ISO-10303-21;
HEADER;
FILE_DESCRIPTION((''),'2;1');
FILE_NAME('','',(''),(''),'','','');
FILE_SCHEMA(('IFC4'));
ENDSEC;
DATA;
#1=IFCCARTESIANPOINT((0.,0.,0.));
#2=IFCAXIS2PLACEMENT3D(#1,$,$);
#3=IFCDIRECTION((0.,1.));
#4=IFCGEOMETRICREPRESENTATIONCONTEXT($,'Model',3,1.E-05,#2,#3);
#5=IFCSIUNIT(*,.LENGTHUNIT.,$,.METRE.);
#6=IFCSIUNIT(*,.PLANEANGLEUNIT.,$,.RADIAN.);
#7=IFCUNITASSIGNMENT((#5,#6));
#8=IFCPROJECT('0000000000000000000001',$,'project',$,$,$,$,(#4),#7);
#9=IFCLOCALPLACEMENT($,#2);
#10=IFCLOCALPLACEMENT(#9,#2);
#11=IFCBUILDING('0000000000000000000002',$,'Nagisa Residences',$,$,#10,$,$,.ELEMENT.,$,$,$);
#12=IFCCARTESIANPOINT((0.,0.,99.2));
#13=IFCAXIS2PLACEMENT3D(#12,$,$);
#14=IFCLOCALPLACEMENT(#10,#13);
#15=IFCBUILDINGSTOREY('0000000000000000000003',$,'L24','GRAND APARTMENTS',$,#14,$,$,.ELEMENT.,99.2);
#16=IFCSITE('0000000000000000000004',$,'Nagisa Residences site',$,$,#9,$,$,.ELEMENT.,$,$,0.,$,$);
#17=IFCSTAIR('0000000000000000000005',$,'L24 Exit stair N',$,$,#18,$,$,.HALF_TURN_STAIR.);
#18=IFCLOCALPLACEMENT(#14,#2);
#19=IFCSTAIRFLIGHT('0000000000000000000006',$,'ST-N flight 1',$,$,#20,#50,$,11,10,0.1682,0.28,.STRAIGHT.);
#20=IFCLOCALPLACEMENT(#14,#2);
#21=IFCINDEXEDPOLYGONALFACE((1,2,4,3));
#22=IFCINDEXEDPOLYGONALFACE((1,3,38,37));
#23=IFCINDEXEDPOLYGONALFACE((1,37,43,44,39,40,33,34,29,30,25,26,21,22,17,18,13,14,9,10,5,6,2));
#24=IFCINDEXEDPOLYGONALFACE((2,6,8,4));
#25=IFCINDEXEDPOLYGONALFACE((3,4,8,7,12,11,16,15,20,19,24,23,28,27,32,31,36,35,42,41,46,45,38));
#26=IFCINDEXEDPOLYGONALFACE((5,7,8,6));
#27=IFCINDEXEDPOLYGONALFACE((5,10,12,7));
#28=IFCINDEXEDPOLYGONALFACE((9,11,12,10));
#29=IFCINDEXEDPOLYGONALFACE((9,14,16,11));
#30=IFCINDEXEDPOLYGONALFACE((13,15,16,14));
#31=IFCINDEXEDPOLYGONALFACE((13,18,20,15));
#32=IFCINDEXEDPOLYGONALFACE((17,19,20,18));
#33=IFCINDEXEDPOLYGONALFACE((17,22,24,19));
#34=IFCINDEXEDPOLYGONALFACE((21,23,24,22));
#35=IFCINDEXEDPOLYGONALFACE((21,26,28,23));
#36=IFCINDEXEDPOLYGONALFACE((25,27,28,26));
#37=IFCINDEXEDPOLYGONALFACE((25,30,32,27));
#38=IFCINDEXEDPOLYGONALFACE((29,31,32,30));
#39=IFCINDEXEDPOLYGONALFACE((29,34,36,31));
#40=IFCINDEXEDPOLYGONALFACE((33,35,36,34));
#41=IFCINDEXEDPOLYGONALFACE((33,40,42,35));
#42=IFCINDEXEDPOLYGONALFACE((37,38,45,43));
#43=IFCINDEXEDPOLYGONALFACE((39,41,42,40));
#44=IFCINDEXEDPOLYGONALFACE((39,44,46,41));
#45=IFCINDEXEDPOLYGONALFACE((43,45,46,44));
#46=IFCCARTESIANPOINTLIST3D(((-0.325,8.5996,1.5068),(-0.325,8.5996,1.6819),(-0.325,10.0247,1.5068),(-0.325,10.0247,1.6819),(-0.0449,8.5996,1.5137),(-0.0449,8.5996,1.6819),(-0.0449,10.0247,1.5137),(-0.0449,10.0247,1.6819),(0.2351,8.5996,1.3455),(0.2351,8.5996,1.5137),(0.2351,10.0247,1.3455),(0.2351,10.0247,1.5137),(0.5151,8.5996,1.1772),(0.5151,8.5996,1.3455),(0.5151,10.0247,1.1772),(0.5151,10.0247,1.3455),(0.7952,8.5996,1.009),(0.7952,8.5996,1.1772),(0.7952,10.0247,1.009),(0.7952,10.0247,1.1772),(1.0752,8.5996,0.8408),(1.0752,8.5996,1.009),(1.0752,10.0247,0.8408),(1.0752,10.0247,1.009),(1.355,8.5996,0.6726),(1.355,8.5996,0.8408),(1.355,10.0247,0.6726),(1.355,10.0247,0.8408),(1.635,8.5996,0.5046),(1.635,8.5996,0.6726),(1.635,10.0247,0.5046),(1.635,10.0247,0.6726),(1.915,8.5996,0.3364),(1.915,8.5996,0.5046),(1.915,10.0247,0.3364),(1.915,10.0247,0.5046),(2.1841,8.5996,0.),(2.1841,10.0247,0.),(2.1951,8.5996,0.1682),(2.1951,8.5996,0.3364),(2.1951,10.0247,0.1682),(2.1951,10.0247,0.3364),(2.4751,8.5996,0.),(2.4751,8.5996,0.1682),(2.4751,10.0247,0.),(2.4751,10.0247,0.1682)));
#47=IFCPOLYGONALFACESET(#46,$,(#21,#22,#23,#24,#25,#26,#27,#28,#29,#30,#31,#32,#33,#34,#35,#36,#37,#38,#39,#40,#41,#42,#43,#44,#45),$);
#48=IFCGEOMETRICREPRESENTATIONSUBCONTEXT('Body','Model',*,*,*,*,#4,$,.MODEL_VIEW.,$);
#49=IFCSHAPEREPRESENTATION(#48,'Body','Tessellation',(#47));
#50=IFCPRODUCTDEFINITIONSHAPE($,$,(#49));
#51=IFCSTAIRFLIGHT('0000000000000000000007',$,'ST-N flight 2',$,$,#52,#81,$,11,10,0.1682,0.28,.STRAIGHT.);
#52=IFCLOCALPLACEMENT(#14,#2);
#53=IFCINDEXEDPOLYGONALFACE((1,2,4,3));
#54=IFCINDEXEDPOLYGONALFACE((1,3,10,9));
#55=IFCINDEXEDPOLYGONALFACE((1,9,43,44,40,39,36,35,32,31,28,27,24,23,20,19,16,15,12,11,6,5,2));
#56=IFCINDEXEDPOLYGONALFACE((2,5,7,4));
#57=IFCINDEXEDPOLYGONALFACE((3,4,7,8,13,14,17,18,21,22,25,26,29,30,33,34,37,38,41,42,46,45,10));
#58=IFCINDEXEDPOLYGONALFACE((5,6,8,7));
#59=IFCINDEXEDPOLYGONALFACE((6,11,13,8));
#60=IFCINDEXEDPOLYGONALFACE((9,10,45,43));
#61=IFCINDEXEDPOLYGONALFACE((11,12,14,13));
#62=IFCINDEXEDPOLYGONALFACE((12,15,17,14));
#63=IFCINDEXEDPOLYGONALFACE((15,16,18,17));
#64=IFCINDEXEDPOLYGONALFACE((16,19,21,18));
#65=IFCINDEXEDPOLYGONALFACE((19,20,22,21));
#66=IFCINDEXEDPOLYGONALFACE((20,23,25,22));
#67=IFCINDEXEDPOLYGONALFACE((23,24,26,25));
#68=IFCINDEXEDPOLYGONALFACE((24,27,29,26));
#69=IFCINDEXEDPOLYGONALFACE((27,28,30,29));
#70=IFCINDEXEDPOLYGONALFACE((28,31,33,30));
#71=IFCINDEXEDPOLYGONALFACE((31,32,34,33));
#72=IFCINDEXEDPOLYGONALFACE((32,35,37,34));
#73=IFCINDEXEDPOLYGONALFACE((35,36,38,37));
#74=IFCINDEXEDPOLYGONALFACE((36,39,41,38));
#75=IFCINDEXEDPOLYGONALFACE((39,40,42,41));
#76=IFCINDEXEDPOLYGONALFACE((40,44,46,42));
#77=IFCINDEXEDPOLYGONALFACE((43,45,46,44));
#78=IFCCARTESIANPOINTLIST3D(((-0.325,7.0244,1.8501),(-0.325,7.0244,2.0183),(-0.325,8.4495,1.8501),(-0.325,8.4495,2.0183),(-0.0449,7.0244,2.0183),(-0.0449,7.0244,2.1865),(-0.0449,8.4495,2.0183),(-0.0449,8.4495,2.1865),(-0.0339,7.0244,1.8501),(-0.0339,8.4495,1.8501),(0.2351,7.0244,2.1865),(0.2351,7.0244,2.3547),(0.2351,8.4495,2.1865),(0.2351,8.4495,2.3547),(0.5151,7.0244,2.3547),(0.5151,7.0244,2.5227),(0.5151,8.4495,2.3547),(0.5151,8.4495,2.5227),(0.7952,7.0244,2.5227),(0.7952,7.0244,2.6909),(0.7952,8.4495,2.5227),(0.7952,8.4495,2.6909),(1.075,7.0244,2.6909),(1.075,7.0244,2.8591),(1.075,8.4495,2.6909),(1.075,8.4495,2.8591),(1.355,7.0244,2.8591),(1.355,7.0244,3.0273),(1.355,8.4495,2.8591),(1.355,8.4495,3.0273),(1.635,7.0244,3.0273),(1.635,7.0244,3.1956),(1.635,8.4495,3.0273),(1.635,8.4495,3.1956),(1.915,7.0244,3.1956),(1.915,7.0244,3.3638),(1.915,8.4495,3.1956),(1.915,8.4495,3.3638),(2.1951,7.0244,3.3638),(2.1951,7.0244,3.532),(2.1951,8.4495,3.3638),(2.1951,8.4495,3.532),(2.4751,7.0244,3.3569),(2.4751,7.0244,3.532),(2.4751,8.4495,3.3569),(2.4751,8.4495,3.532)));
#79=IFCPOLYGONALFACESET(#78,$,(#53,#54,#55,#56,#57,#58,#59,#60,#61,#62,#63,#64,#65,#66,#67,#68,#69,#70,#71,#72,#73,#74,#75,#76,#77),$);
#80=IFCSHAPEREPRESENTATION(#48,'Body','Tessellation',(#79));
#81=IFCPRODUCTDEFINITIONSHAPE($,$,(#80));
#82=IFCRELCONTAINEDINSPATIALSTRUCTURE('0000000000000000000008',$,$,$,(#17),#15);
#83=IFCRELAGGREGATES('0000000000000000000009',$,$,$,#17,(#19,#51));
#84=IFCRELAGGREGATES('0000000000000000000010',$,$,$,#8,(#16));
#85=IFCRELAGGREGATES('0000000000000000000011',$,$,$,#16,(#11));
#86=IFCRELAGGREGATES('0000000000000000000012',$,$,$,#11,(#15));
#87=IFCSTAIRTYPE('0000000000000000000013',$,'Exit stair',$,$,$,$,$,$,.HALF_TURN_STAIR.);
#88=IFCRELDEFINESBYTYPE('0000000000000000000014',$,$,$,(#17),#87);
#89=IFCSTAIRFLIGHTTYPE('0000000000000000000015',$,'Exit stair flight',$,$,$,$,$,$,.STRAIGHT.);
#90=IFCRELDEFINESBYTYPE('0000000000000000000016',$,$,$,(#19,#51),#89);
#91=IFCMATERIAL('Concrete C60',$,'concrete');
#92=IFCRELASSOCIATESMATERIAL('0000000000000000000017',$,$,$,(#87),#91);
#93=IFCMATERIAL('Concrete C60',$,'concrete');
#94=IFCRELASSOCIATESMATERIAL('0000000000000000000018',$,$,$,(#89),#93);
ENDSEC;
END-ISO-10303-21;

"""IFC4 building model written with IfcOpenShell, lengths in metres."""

from ifc_helpers import new_model, si_unit, direction, frame, origin, place, context, subcontext, project, spatial, polyline, outline, extrude, material, type_object, element, aggregate, save


model = new_model("IFC4")

# Units and contexts
model_context = context("Model", 3, precision=1e-05, world=origin(), true_north=direction((0.0, 1.0)))
body_context = subcontext(model_context, "Body", "Model", "MODEL_VIEW")
ifc_project = project(units=[si_unit("LENGTHUNIT", "METRE"), si_unit("PLANEANGLEUNIT", "RADIAN")], contexts=[model_context])

# Site, building, storey
site_placement = place(None, origin())
site = spatial("IfcSite", under=ifc_project, at=site_placement, Name="Nagisa Residences site", CompositionType="ELEMENT", RefElevation=0.0)
building_placement = place(site_placement, origin())
building = spatial("IfcBuilding", under=site, at=building_placement, Name="Nagisa Residences", CompositionType="ELEMENT")
storey_placement = place(building_placement, frame((0.0, 0.0, 99.2)))
storey = spatial("IfcBuildingStorey", under=building, at=storey_placement, Name="L24", Description="GRAND APARTMENTS", CompositionType="ELEMENT", Elevation=99.2)

# Stair
ifc_material_1 = material(Name="Concrete C60", Category="concrete")
stair_type = type_object("IfcStairType", Name="Exit stair", PredefinedType="HALF_TURN_STAIR", material=ifc_material_1)
stair_1_placement = place(storey_placement, origin())
stair_1 = element("IfcStair", 1, at=stair_1_placement, inside=storey, type_object=stair_type, Name="L24 Exit stair N", PredefinedType="HALF_TURN_STAIR")

# Stair flights
ifc_material_2 = material(Name="Concrete C60", Category="concrete")
stair_flight_type = type_object("IfcStairFlightType", Name="Exit stair flight", PredefinedType="STRAIGHT", material=ifc_material_2)
stair_flight_1_placement = place(storey_placement, frame((2.4751, 9.312, 0.0), z_axis=(0.0, 0.0, 1.0), x_axis=(-1.0, 0.0, 0.0)))
stair_flight_1 = element("IfcStairFlight", 2, at=stair_flight_1_placement, type_object=stair_flight_type, Name="ST-N flight 1", NumberOfRisers=11, NumberOfTreads=10, PredefinedType="STRAIGHT", RiserHeight=0.1682, TreadLength=0.28, context=body_context, shape_type="SweptSolid", body=[
    extrude(outline(polyline([(0.0, 0.0), (0.0, 0.1682), (0.28, 0.1682), (0.28, 0.3364), (0.5601, 0.3364), (0.5601, 0.5046), (0.8401, 0.5046), (0.8401, 0.6726), (1.1201, 0.6726), (1.1201, 0.8408), (1.3999, 0.8408), (1.3999, 1.009), (1.6799, 1.009), (1.6799, 1.1772), (1.96, 1.1772), (1.96, 1.3455), (2.24, 1.3455), (2.24, 1.5137), (2.52, 1.5137), (2.52, 1.6819), (2.8, 1.6819), (2.8, 1.8501), (2.8, 1.5068), (0.291, 0.0), (0.0, 0.0)])), frame((0.0, 0.7124, 0.0), z_axis=(0.0, -1.0, 0.0), x_axis=(1.0, 0.0, 0.0)), (0.0, 0.0, 1.0), 1.425),
])
stair_flight_2_placement = place(storey_placement, frame((-0.325, 7.7371, 1.8501), z_axis=(0.0, 0.0, 1.0), x_axis=(1.0, 0.0, 0.0)))
stair_flight_2 = element("IfcStairFlight", 3, at=stair_flight_2_placement, type_object=stair_flight_type, Name="ST-N flight 2", NumberOfRisers=11, NumberOfTreads=10, PredefinedType="STRAIGHT", RiserHeight=0.1682, TreadLength=0.28, context=body_context, shape_type="SweptSolid", body=[
    extrude(outline(polyline([(0.0, 0.0), (0.0, 0.1682), (0.28, 0.1682), (0.28, 0.3364), (0.5601, 0.3364), (0.5601, 0.5046), (0.8401, 0.5046), (0.8401, 0.6726), (1.1201, 0.6726), (1.1201, 0.8408), (1.3999, 0.8408), (1.3999, 1.009), (1.6799, 1.009), (1.6799, 1.1772), (1.96, 1.1772), (1.96, 1.3455), (2.24, 1.3455), (2.24, 1.5137), (2.52, 1.5137), (2.52, 1.6819), (2.8, 1.6819), (2.8, 1.8501), (2.8, 1.5068), (0.291, 0.0), (0.0, 0.0)])), frame((0.0, 0.7124, 0.0), z_axis=(0.0, -1.0, 0.0), x_axis=(1.0, 0.0, 0.0)), (0.0, 0.0, 1.0), 1.425),
])
aggregate(stair_1, [stair_flight_1, stair_flight_2])

save(model, "model.ifc")
